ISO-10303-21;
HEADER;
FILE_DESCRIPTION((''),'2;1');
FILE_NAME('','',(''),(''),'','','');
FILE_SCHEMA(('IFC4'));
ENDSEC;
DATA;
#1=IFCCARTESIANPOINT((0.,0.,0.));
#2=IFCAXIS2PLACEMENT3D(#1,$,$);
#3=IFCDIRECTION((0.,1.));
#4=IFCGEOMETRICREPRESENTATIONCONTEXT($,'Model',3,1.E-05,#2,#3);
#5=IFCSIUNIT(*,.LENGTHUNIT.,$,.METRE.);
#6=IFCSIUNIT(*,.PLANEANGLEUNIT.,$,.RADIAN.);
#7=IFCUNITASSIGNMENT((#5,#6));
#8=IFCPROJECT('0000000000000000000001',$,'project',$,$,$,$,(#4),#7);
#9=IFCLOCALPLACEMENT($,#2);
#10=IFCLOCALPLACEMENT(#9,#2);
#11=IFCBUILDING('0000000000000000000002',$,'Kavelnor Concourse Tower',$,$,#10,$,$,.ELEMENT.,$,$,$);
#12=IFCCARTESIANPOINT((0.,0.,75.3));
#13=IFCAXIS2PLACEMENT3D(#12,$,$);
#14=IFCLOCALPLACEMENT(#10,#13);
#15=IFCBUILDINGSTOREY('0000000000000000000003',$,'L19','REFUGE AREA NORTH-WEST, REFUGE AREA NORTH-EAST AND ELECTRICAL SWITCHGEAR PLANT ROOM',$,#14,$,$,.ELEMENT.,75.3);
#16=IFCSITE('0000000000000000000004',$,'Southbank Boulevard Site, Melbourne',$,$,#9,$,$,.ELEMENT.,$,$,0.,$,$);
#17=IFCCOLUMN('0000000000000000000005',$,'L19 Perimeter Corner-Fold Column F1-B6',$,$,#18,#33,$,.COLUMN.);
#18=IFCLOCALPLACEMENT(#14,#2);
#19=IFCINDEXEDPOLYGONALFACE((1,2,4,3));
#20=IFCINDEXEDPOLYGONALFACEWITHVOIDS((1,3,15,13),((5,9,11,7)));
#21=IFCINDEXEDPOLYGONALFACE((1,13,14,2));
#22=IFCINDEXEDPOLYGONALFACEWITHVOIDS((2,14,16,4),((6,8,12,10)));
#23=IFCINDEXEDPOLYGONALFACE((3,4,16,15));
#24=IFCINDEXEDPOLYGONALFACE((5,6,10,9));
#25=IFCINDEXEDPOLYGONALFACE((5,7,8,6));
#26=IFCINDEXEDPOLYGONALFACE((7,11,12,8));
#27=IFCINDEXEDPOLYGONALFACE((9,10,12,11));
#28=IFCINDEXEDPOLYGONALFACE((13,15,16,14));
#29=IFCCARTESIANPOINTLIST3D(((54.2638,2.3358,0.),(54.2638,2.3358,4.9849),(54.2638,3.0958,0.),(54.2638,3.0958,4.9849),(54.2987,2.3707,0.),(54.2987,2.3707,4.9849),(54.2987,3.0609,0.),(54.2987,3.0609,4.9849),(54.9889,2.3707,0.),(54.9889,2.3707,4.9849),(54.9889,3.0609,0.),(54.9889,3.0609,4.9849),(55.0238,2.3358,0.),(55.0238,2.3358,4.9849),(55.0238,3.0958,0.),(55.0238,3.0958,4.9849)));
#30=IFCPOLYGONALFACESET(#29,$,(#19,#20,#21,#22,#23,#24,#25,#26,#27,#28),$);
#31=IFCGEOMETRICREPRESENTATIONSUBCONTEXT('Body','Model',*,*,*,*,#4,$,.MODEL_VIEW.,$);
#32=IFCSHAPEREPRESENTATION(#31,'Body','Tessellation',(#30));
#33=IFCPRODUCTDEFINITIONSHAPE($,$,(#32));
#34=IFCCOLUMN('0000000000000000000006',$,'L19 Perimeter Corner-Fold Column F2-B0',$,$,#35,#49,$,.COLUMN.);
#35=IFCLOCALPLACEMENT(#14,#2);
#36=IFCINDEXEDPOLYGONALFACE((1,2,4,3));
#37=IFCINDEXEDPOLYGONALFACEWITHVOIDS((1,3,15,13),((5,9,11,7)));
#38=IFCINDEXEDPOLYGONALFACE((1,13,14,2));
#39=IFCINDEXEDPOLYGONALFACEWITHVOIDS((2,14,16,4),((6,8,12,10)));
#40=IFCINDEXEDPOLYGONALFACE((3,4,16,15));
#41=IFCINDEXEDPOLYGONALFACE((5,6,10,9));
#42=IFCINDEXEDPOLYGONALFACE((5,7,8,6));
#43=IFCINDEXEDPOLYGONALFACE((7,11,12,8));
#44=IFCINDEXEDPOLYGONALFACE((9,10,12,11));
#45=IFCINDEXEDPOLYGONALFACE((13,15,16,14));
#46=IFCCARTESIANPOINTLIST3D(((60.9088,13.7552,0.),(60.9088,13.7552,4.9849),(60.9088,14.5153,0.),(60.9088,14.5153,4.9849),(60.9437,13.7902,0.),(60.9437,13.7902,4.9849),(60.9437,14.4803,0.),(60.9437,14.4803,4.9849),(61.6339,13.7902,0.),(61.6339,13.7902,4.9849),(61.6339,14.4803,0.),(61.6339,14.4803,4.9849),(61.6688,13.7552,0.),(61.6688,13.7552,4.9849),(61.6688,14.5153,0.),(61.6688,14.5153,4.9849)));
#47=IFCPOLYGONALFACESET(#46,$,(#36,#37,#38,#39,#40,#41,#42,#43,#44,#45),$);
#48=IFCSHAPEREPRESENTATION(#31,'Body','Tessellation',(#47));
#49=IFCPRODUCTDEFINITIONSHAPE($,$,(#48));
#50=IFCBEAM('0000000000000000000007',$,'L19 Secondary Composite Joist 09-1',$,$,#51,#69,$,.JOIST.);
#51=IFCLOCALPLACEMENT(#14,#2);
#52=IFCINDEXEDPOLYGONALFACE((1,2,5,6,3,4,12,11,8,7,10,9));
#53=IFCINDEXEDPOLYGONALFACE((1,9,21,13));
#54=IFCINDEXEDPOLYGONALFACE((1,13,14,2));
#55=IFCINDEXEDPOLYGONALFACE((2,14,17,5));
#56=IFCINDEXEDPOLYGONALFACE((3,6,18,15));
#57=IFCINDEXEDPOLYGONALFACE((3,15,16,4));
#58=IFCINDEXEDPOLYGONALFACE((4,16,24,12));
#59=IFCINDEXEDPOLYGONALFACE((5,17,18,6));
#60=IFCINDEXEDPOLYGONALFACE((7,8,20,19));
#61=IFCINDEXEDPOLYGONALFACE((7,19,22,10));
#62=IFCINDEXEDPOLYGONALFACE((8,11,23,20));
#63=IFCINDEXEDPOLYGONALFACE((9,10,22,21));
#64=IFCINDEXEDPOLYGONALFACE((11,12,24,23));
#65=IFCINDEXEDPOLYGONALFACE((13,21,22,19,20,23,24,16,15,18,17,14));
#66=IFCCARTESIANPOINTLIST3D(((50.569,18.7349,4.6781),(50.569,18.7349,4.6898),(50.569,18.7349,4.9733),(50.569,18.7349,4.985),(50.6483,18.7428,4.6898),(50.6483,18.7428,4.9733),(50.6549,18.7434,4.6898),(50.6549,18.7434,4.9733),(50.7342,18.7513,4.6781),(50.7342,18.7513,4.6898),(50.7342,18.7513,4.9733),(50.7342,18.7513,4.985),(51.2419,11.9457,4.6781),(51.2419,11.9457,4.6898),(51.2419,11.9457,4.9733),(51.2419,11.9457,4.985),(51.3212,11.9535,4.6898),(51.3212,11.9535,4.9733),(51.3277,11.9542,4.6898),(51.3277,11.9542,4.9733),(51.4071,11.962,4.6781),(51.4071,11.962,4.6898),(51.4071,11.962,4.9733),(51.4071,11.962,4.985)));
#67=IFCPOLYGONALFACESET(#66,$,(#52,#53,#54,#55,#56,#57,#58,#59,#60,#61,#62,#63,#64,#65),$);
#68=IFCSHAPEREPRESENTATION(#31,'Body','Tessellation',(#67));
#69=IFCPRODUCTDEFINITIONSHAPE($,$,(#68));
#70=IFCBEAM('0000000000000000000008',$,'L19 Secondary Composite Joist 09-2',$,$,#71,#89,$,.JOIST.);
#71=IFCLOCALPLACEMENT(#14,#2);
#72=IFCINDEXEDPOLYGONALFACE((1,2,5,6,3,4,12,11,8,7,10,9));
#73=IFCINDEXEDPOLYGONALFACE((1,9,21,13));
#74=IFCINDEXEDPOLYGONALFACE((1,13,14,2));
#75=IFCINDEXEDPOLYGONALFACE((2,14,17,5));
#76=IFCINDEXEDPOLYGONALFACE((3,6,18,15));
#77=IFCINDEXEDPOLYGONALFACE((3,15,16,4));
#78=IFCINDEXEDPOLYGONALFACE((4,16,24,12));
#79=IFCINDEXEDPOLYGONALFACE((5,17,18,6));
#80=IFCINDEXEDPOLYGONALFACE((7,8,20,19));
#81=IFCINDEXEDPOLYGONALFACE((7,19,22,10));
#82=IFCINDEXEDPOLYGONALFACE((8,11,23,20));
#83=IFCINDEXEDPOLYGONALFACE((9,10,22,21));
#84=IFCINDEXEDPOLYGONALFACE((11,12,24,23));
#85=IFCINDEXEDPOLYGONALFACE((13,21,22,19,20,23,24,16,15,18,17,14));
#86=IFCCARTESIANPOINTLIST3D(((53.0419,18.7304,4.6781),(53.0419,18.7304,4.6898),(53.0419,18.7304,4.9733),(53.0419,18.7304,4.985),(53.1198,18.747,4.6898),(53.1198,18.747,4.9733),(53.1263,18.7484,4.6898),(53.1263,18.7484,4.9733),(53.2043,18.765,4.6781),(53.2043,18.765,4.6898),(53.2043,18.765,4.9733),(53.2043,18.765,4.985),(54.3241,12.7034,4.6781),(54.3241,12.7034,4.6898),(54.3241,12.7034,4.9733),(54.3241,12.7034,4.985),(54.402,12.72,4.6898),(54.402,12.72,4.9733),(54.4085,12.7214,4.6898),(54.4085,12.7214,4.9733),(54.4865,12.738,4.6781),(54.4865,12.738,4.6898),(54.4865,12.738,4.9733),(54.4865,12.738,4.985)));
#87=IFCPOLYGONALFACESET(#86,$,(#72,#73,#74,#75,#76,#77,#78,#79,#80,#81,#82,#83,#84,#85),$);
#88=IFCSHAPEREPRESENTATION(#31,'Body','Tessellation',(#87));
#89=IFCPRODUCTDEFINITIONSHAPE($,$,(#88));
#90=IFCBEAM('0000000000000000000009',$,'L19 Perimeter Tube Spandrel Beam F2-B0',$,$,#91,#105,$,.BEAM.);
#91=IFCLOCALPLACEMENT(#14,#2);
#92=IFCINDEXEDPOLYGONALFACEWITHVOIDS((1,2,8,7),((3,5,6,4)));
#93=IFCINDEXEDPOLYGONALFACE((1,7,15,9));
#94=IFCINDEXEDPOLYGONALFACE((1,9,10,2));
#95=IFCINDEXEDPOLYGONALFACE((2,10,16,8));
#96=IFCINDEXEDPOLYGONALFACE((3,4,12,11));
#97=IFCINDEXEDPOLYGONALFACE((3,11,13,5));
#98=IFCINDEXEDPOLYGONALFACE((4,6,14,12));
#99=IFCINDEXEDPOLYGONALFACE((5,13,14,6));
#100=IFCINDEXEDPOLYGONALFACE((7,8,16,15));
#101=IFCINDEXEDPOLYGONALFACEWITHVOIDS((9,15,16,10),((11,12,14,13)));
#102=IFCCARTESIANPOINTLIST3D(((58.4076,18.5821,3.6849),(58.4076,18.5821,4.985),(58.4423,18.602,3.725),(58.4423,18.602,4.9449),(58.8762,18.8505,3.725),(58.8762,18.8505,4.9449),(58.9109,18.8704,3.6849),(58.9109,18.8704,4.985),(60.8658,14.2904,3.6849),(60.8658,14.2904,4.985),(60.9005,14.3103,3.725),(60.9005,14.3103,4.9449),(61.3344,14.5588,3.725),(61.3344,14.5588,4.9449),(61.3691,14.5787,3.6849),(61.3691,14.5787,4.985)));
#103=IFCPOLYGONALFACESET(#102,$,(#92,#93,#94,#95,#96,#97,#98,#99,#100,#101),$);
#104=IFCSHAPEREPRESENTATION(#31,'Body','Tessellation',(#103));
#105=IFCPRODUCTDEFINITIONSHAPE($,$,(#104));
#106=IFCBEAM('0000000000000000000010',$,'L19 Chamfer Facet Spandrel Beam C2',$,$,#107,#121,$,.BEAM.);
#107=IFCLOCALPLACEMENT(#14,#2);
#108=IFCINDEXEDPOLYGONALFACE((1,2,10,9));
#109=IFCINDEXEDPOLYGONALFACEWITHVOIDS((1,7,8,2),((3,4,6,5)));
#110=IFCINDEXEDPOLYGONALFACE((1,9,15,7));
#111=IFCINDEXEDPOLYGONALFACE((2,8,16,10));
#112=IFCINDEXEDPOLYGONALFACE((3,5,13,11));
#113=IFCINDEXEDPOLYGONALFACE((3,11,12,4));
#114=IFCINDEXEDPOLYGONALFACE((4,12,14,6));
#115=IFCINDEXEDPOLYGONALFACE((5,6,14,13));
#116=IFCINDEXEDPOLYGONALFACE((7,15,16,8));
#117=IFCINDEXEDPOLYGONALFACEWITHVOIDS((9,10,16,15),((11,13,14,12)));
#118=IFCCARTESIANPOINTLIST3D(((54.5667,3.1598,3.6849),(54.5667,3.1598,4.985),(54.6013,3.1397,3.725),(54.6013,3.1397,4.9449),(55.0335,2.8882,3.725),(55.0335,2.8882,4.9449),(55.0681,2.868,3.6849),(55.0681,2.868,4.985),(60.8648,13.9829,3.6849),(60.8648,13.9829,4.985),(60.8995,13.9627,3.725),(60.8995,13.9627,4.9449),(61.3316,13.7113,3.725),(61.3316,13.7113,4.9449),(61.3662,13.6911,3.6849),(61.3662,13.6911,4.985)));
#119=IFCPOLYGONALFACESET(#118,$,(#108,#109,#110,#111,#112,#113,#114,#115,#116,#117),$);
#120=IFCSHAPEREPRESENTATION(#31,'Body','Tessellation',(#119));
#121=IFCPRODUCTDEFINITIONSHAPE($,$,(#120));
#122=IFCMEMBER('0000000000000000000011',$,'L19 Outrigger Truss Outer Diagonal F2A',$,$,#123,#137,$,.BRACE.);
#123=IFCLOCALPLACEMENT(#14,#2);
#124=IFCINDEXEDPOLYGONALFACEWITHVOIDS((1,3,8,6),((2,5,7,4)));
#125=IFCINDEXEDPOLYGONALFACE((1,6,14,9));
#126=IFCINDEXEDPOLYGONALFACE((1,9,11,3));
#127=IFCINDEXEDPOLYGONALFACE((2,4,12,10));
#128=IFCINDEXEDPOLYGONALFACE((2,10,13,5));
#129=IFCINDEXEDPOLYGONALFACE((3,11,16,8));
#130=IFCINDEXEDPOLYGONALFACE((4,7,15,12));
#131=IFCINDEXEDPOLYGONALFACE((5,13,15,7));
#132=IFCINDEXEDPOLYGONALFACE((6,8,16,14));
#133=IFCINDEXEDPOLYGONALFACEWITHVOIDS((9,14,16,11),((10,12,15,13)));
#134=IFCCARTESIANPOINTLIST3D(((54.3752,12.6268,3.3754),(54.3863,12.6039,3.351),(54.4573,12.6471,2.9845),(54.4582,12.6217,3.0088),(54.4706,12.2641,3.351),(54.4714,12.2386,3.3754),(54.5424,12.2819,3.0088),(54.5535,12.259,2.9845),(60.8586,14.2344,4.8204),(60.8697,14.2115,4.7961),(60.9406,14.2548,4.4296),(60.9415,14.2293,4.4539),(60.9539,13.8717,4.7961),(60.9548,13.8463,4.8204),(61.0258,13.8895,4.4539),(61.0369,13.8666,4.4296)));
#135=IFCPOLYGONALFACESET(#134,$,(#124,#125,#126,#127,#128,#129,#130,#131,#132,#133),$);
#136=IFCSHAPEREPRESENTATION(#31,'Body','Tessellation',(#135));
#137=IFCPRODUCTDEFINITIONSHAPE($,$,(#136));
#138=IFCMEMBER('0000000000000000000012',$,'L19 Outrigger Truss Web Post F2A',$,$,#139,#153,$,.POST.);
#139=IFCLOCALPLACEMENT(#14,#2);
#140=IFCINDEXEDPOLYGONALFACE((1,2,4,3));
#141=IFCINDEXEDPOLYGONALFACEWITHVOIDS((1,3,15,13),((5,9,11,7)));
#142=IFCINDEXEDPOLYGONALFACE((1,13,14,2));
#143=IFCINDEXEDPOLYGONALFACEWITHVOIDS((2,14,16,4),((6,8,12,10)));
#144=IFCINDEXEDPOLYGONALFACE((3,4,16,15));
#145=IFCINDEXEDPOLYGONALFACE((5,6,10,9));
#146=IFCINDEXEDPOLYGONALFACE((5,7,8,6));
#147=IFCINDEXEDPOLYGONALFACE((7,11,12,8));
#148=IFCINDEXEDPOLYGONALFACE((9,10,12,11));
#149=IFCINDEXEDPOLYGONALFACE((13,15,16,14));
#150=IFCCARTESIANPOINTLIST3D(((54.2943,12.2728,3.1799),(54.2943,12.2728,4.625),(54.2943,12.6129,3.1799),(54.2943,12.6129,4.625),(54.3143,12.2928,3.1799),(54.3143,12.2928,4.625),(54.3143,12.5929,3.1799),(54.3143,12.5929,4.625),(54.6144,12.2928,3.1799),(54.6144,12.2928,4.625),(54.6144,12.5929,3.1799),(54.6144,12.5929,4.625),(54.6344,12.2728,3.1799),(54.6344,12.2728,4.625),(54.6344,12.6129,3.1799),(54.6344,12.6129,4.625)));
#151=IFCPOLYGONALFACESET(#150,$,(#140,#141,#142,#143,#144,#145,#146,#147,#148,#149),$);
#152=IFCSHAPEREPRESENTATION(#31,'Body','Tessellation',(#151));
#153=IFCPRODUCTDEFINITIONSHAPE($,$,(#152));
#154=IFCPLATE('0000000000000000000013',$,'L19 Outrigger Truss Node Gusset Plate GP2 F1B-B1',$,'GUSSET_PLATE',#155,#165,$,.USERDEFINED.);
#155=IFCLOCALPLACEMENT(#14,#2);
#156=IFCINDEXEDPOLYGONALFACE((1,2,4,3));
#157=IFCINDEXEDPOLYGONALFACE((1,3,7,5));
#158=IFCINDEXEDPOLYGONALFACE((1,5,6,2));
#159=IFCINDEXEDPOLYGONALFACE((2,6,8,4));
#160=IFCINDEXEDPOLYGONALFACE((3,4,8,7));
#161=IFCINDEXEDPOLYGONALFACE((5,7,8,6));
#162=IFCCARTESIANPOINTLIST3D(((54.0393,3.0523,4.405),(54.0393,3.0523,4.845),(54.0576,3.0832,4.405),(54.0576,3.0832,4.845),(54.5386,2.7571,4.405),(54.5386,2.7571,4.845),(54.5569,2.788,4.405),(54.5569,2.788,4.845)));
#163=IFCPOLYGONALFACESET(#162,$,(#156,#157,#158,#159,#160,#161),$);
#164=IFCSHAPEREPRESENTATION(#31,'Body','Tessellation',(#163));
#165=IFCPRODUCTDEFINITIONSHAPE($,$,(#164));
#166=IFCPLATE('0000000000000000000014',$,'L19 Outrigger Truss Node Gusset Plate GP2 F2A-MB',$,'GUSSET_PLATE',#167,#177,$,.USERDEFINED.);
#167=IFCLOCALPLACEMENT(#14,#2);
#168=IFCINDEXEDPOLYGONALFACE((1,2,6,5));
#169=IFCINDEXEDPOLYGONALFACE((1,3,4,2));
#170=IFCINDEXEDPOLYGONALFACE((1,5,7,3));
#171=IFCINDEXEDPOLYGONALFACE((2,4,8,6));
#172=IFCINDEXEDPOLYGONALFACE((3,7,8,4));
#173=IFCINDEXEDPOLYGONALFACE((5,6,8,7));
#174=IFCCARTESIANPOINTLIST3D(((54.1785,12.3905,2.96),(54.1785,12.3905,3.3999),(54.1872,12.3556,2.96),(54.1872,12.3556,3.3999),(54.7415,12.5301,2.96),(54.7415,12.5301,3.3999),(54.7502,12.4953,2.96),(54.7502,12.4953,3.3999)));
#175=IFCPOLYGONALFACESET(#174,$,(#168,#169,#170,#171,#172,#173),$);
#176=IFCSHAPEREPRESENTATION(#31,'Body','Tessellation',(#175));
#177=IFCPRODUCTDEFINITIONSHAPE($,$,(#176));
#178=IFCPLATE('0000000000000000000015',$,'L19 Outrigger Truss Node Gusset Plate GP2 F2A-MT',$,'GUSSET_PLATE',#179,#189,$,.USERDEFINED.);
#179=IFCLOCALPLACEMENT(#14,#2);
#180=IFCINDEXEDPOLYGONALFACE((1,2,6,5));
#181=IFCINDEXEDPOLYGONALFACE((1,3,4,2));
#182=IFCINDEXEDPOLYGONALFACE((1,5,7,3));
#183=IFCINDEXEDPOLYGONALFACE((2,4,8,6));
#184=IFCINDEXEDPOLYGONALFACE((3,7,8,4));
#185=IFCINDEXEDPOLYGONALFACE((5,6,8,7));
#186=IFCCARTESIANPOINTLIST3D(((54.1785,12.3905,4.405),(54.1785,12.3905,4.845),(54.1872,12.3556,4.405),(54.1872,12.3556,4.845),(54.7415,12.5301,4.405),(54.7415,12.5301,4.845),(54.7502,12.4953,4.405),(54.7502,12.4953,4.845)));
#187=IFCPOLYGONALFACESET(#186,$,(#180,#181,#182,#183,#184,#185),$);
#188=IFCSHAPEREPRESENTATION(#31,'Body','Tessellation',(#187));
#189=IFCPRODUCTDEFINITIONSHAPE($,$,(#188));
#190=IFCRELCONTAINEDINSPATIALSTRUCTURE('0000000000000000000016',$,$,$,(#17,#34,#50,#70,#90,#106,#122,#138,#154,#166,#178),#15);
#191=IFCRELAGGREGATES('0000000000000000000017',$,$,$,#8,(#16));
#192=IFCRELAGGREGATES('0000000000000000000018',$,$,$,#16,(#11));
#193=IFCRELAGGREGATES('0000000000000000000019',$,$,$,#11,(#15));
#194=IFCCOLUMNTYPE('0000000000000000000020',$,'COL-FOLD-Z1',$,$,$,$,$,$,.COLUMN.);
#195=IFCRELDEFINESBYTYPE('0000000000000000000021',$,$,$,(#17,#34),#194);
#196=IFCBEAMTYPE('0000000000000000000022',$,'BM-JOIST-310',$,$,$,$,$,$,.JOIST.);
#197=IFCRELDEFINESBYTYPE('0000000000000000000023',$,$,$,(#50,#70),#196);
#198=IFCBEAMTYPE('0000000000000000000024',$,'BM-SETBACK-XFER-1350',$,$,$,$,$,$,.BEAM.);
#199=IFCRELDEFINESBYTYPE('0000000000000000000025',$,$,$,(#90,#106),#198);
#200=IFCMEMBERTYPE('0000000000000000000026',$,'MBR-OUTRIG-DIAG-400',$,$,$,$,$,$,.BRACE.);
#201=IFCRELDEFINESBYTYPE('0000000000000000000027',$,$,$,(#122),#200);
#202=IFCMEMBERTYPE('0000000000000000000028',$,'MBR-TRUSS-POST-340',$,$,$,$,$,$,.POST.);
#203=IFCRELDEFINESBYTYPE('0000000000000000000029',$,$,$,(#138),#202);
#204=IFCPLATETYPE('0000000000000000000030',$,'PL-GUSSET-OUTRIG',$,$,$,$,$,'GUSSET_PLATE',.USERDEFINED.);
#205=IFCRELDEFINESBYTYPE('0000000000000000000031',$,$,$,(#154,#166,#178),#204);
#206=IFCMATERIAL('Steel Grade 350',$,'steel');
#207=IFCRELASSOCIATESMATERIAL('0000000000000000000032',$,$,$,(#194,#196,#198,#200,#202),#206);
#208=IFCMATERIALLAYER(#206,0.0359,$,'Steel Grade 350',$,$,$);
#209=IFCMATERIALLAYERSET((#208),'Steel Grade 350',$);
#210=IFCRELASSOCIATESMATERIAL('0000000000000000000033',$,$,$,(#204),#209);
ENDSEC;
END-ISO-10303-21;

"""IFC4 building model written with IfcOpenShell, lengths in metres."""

from ifc_helpers import new_model, si_unit, direction, frame, origin, origin_2d, place, context, subcontext, project, spatial, rectangle, hollow_rectangle, i_section, extrude, material, layer, layer_set, material_profile, profile_set, type_object, element, save


model = new_model("IFC4")

# Units and contexts
model_context = context("Model", 3, precision=1e-05, world=origin(), true_north=direction((0.0, 1.0)))
body_context = subcontext(model_context, "Body", "Model", "MODEL_VIEW")
ifc_project = project(units=[si_unit("LENGTHUNIT", "METRE"), si_unit("PLANEANGLEUNIT", "RADIAN")], contexts=[model_context])

# Site, building, storey
site_placement = place(None, origin())
site = spatial("IfcSite", under=ifc_project, at=site_placement, Name="Southbank Boulevard Site, Melbourne", CompositionType="ELEMENT", RefElevation=0.0)
building_placement = place(site_placement, origin())
building = spatial("IfcBuilding", under=site, at=building_placement, Name="Kavelnor Concourse Tower", CompositionType="ELEMENT")
storey_placement = place(building_placement, frame((0.0, 0.0, 75.3)))
storey = spatial("IfcBuildingStorey", under=building, at=storey_placement, Name="L19", Description="REFUGE AREA NORTH-WEST, REFUGE AREA NORTH-EAST AND ELECTRICAL SWITCHGEAR PLANT ROOM", CompositionType="ELEMENT", Elevation=75.3)

# Columns
ifc_material_1 = material(Name="Steel Grade 350", Category="steel")
ifc_material_profile_1 = material_profile(ifc_material_1, hollow_rectangle(XDim=0.76, YDim=0.76, WallThickness=0.0349, at=origin_2d()), Name="SHS 760x760x35")
ifc_profile_set_1 = profile_set([ifc_material_profile_1], Name="Steel Grade 350")
column_type = type_object("IfcColumnType", Name="COL-FOLD-Z1", PredefinedType="COLUMN", material=ifc_profile_set_1)
for number, where, z_axis, x_axis, name in (
    (1, (54.6438, 2.7158, 0.0), (0.0, 0.0, 1.0), (1.0, 0.0, 0.0), "L19 Perimeter Corner-Fold Column F1-B6"),
    (2, (61.2888, 14.1353, 0.0), (0.0, 0.0, 1.0), (1.0, 0.0, 0.0), "L19 Perimeter Corner-Fold Column F2-B0"),
):
    element("IfcColumn", number, at=place(storey_placement, frame(where, z_axis=z_axis, x_axis=x_axis)), inside=storey, type_object=column_type, Name=name, PredefinedType="COLUMN", context=body_context, shape_type="SweptSolid", body=[
        extrude(hollow_rectangle(XDim=0.76, YDim=0.76, WallThickness=0.0349, at=origin_2d()), origin(), (0.0, 0.0, 1.0), 4.9849),
    ])

# Beams
ifc_material_profile_2 = material_profile(ifc_material_1, i_section(OverallWidth=0.166, OverallDepth=0.3069, WebThickness=0.0066, FlangeThickness=0.0117, at=origin_2d()), Name="310UB46")
ifc_profile_set_2 = profile_set([ifc_material_profile_2], Name="Steel Grade 350")
beam_type_1 = type_object("IfcBeamType", Name="BM-JOIST-310", PredefinedType="JOIST", material=ifc_profile_set_2)
beam_1_placement = place(storey_placement, frame((51.3245, 11.9539, 4.8315), z_axis=(-0.098621, 0.995125, 0.0), x_axis=(-0.995125, -0.098621, 0.0)))
element("IfcBeam", 3, at=beam_1_placement, inside=storey, type_object=beam_type_1, Name="L19 Secondary Composite Joist 09-1", PredefinedType="JOIST", context=body_context, shape_type="SweptSolid", body=[
    extrude(i_section(OverallWidth=0.166, OverallDepth=0.3069, WebThickness=0.0066, FlangeThickness=0.0117, at=origin_2d()), origin(), (0.0, 0.0, 1.0), 6.8225),
])
beam_2_placement = place(storey_placement, frame((54.4053, 12.7207, 4.8315), z_axis=(-0.208087, 0.97811, 0.0), x_axis=(-0.97811, -0.208087, 0.0)))
element("IfcBeam", 4, at=beam_2_placement, inside=storey, type_object=beam_type_1, Name="L19 Secondary Composite Joist 09-2", PredefinedType="JOIST", context=body_context, shape_type="SweptSolid", body=[
    extrude(i_section(OverallWidth=0.166, OverallDepth=0.3069, WebThickness=0.0066, FlangeThickness=0.0117, at=origin_2d()), origin(), (0.0, 0.0, 1.0), 6.1619),
])
ifc_material_profile_3 = material_profile(ifc_material_1, hollow_rectangle(XDim=0.5801, YDim=1.3, WallThickness=0.04, at=origin_2d()), Name="RHS 1300x580x40")
ifc_profile_set_3 = profile_set([ifc_material_profile_3], Name="Steel Grade 350")
beam_type_2 = type_object("IfcBeamType", Name="BM-SETBACK-XFER-1350", PredefinedType="BEAM", material=ifc_profile_set_3)
beam_3_placement = place(storey_placement, frame((61.1174, 14.4346, 4.335), z_axis=(-0.497026, 0.867735, 0.0), x_axis=(-0.867735, -0.497026, 0.0)))
element("IfcBeam", 5, at=beam_3_placement, inside=storey, type_object=beam_type_2, Name="L19 Perimeter Tube Spandrel Beam F2-B0", PredefinedType="BEAM", context=body_context, shape_type="SweptSolid", body=[
    extrude(hollow_rectangle(XDim=0.5801, YDim=1.3, WallThickness=0.04, at=origin_2d()), origin(), (0.0, 0.0, 1.0), 4.9458),
])
beam_4_placement = place(storey_placement, frame((54.8174, 3.0139, 4.335), z_axis=(0.502958, 0.864311, 0.0), x_axis=(-0.864311, 0.502958, 0.0)))
element("IfcBeam", 6, at=beam_4_placement, inside=storey, type_object=beam_type_2, Name="L19 Chamfer Facet Spandrel Beam C2", PredefinedType="BEAM", context=body_context, shape_type="SweptSolid", body=[
    extrude(hollow_rectangle(XDim=0.5801, YDim=1.3, WallThickness=0.04, at=origin_2d()), origin(), (0.0, 0.0, 1.0), 12.5222),
])

# Members
ifc_material_profile_4 = material_profile(ifc_material_1, hollow_rectangle(XDim=0.3999, YDim=0.3999, WallThickness=0.0249, at=origin_2d()), Name="SHS 400x400x25")
ifc_profile_set_4 = profile_set([ifc_material_profile_4], Name="Steel Grade 350")
member_type_1 = type_object("IfcMemberType", Name="MBR-OUTRIG-DIAG-400", PredefinedType="BRACE", material=ifc_profile_set_4)
member_1_placement = place(storey_placement, frame((54.4644, 12.4429, 3.1799), z_axis=(0.94866, 0.235236, 0.211444), x_axis=(-0.240678, 0.970605, 0.0)))
element("IfcMember", 7, at=member_1_placement, inside=storey, type_object=member_type_1, Name="L19 Outrigger Truss Outer Diagonal F2A", PredefinedType="BRACE", context=body_context, shape_type="SweptSolid", body=[
    extrude(hollow_rectangle(XDim=0.3999, YDim=0.3999, WallThickness=0.0249, at=origin_2d()), origin(), (0.0, 0.0, 1.0), 6.8342),
])
ifc_material_profile_5 = material_profile(ifc_material_1, hollow_rectangle(XDim=0.3401, YDim=0.3401, WallThickness=0.02, at=origin_2d()), Name="SHS 340x340x20")
ifc_profile_set_5 = profile_set([ifc_material_profile_5], Name="Steel Grade 350")
member_type_2 = type_object("IfcMemberType", Name="MBR-TRUSS-POST-340", PredefinedType="POST", material=ifc_profile_set_5)
member_2_placement = place(storey_placement, frame((54.4644, 12.4429, 3.1799), z_axis=(0.0, 0.0, 1.0), x_axis=(1.0, 0.0, 0.0)))
element("IfcMember", 8, at=member_2_placement, inside=storey, type_object=member_type_2, Name="L19 Outrigger Truss Web Post F2A", PredefinedType="POST", context=body_context, shape_type="SweptSolid", body=[
    extrude(hollow_rectangle(XDim=0.3401, YDim=0.3401, WallThickness=0.02, at=origin_2d()), origin(), (0.0, 0.0, 1.0), 1.4451),
])

# Plates
ifc_layer_1 = layer(ifc_material_1, 0.0359, Name="Steel Grade 350")
ifc_layer_set_1 = layer_set([ifc_layer_1], Name="Steel Grade 350")
plate_type = type_object("IfcPlateType", Name="PL-GUSSET-OUTRIG", ElementType="GUSSET_PLATE", PredefinedType="USERDEFINED", material=ifc_layer_set_1)
for number, where, z_axis, x_axis, name in (
    (9, (54.2981, 2.9202, 4.405), (0.0, 0.0, 1.0), (0.860831, -0.508891, 0.0), "L19 Outrigger Truss Node Gusset Plate GP2 F1B-B1"),
    (10, (54.4644, 12.4429, 2.96), (0.0, 0.0, 1.0), (0.970591, 0.240736, 0.0), "L19 Outrigger Truss Node Gusset Plate GP2 F2A-MB"),
    (11, (54.4644, 12.4429, 4.405), (0.0, 0.0, 1.0), (0.970591, 0.240736, 0.0), "L19 Outrigger Truss Node Gusset Plate GP2 F2A-MT"),
):
    element("IfcPlate", number, at=place(storey_placement, frame(where, z_axis=z_axis, x_axis=x_axis)), inside=storey, type_object=plate_type, Name=name, ObjectType="GUSSET_PLATE", PredefinedType="USERDEFINED", context=body_context, shape_type="SweptSolid", body=[
        extrude(rectangle(XDim=0.5801, YDim=0.0359, at=origin_2d()), origin(), (0.0, 0.0, 1.0), 0.4399),
    ])

save(model, "model.ifc")
